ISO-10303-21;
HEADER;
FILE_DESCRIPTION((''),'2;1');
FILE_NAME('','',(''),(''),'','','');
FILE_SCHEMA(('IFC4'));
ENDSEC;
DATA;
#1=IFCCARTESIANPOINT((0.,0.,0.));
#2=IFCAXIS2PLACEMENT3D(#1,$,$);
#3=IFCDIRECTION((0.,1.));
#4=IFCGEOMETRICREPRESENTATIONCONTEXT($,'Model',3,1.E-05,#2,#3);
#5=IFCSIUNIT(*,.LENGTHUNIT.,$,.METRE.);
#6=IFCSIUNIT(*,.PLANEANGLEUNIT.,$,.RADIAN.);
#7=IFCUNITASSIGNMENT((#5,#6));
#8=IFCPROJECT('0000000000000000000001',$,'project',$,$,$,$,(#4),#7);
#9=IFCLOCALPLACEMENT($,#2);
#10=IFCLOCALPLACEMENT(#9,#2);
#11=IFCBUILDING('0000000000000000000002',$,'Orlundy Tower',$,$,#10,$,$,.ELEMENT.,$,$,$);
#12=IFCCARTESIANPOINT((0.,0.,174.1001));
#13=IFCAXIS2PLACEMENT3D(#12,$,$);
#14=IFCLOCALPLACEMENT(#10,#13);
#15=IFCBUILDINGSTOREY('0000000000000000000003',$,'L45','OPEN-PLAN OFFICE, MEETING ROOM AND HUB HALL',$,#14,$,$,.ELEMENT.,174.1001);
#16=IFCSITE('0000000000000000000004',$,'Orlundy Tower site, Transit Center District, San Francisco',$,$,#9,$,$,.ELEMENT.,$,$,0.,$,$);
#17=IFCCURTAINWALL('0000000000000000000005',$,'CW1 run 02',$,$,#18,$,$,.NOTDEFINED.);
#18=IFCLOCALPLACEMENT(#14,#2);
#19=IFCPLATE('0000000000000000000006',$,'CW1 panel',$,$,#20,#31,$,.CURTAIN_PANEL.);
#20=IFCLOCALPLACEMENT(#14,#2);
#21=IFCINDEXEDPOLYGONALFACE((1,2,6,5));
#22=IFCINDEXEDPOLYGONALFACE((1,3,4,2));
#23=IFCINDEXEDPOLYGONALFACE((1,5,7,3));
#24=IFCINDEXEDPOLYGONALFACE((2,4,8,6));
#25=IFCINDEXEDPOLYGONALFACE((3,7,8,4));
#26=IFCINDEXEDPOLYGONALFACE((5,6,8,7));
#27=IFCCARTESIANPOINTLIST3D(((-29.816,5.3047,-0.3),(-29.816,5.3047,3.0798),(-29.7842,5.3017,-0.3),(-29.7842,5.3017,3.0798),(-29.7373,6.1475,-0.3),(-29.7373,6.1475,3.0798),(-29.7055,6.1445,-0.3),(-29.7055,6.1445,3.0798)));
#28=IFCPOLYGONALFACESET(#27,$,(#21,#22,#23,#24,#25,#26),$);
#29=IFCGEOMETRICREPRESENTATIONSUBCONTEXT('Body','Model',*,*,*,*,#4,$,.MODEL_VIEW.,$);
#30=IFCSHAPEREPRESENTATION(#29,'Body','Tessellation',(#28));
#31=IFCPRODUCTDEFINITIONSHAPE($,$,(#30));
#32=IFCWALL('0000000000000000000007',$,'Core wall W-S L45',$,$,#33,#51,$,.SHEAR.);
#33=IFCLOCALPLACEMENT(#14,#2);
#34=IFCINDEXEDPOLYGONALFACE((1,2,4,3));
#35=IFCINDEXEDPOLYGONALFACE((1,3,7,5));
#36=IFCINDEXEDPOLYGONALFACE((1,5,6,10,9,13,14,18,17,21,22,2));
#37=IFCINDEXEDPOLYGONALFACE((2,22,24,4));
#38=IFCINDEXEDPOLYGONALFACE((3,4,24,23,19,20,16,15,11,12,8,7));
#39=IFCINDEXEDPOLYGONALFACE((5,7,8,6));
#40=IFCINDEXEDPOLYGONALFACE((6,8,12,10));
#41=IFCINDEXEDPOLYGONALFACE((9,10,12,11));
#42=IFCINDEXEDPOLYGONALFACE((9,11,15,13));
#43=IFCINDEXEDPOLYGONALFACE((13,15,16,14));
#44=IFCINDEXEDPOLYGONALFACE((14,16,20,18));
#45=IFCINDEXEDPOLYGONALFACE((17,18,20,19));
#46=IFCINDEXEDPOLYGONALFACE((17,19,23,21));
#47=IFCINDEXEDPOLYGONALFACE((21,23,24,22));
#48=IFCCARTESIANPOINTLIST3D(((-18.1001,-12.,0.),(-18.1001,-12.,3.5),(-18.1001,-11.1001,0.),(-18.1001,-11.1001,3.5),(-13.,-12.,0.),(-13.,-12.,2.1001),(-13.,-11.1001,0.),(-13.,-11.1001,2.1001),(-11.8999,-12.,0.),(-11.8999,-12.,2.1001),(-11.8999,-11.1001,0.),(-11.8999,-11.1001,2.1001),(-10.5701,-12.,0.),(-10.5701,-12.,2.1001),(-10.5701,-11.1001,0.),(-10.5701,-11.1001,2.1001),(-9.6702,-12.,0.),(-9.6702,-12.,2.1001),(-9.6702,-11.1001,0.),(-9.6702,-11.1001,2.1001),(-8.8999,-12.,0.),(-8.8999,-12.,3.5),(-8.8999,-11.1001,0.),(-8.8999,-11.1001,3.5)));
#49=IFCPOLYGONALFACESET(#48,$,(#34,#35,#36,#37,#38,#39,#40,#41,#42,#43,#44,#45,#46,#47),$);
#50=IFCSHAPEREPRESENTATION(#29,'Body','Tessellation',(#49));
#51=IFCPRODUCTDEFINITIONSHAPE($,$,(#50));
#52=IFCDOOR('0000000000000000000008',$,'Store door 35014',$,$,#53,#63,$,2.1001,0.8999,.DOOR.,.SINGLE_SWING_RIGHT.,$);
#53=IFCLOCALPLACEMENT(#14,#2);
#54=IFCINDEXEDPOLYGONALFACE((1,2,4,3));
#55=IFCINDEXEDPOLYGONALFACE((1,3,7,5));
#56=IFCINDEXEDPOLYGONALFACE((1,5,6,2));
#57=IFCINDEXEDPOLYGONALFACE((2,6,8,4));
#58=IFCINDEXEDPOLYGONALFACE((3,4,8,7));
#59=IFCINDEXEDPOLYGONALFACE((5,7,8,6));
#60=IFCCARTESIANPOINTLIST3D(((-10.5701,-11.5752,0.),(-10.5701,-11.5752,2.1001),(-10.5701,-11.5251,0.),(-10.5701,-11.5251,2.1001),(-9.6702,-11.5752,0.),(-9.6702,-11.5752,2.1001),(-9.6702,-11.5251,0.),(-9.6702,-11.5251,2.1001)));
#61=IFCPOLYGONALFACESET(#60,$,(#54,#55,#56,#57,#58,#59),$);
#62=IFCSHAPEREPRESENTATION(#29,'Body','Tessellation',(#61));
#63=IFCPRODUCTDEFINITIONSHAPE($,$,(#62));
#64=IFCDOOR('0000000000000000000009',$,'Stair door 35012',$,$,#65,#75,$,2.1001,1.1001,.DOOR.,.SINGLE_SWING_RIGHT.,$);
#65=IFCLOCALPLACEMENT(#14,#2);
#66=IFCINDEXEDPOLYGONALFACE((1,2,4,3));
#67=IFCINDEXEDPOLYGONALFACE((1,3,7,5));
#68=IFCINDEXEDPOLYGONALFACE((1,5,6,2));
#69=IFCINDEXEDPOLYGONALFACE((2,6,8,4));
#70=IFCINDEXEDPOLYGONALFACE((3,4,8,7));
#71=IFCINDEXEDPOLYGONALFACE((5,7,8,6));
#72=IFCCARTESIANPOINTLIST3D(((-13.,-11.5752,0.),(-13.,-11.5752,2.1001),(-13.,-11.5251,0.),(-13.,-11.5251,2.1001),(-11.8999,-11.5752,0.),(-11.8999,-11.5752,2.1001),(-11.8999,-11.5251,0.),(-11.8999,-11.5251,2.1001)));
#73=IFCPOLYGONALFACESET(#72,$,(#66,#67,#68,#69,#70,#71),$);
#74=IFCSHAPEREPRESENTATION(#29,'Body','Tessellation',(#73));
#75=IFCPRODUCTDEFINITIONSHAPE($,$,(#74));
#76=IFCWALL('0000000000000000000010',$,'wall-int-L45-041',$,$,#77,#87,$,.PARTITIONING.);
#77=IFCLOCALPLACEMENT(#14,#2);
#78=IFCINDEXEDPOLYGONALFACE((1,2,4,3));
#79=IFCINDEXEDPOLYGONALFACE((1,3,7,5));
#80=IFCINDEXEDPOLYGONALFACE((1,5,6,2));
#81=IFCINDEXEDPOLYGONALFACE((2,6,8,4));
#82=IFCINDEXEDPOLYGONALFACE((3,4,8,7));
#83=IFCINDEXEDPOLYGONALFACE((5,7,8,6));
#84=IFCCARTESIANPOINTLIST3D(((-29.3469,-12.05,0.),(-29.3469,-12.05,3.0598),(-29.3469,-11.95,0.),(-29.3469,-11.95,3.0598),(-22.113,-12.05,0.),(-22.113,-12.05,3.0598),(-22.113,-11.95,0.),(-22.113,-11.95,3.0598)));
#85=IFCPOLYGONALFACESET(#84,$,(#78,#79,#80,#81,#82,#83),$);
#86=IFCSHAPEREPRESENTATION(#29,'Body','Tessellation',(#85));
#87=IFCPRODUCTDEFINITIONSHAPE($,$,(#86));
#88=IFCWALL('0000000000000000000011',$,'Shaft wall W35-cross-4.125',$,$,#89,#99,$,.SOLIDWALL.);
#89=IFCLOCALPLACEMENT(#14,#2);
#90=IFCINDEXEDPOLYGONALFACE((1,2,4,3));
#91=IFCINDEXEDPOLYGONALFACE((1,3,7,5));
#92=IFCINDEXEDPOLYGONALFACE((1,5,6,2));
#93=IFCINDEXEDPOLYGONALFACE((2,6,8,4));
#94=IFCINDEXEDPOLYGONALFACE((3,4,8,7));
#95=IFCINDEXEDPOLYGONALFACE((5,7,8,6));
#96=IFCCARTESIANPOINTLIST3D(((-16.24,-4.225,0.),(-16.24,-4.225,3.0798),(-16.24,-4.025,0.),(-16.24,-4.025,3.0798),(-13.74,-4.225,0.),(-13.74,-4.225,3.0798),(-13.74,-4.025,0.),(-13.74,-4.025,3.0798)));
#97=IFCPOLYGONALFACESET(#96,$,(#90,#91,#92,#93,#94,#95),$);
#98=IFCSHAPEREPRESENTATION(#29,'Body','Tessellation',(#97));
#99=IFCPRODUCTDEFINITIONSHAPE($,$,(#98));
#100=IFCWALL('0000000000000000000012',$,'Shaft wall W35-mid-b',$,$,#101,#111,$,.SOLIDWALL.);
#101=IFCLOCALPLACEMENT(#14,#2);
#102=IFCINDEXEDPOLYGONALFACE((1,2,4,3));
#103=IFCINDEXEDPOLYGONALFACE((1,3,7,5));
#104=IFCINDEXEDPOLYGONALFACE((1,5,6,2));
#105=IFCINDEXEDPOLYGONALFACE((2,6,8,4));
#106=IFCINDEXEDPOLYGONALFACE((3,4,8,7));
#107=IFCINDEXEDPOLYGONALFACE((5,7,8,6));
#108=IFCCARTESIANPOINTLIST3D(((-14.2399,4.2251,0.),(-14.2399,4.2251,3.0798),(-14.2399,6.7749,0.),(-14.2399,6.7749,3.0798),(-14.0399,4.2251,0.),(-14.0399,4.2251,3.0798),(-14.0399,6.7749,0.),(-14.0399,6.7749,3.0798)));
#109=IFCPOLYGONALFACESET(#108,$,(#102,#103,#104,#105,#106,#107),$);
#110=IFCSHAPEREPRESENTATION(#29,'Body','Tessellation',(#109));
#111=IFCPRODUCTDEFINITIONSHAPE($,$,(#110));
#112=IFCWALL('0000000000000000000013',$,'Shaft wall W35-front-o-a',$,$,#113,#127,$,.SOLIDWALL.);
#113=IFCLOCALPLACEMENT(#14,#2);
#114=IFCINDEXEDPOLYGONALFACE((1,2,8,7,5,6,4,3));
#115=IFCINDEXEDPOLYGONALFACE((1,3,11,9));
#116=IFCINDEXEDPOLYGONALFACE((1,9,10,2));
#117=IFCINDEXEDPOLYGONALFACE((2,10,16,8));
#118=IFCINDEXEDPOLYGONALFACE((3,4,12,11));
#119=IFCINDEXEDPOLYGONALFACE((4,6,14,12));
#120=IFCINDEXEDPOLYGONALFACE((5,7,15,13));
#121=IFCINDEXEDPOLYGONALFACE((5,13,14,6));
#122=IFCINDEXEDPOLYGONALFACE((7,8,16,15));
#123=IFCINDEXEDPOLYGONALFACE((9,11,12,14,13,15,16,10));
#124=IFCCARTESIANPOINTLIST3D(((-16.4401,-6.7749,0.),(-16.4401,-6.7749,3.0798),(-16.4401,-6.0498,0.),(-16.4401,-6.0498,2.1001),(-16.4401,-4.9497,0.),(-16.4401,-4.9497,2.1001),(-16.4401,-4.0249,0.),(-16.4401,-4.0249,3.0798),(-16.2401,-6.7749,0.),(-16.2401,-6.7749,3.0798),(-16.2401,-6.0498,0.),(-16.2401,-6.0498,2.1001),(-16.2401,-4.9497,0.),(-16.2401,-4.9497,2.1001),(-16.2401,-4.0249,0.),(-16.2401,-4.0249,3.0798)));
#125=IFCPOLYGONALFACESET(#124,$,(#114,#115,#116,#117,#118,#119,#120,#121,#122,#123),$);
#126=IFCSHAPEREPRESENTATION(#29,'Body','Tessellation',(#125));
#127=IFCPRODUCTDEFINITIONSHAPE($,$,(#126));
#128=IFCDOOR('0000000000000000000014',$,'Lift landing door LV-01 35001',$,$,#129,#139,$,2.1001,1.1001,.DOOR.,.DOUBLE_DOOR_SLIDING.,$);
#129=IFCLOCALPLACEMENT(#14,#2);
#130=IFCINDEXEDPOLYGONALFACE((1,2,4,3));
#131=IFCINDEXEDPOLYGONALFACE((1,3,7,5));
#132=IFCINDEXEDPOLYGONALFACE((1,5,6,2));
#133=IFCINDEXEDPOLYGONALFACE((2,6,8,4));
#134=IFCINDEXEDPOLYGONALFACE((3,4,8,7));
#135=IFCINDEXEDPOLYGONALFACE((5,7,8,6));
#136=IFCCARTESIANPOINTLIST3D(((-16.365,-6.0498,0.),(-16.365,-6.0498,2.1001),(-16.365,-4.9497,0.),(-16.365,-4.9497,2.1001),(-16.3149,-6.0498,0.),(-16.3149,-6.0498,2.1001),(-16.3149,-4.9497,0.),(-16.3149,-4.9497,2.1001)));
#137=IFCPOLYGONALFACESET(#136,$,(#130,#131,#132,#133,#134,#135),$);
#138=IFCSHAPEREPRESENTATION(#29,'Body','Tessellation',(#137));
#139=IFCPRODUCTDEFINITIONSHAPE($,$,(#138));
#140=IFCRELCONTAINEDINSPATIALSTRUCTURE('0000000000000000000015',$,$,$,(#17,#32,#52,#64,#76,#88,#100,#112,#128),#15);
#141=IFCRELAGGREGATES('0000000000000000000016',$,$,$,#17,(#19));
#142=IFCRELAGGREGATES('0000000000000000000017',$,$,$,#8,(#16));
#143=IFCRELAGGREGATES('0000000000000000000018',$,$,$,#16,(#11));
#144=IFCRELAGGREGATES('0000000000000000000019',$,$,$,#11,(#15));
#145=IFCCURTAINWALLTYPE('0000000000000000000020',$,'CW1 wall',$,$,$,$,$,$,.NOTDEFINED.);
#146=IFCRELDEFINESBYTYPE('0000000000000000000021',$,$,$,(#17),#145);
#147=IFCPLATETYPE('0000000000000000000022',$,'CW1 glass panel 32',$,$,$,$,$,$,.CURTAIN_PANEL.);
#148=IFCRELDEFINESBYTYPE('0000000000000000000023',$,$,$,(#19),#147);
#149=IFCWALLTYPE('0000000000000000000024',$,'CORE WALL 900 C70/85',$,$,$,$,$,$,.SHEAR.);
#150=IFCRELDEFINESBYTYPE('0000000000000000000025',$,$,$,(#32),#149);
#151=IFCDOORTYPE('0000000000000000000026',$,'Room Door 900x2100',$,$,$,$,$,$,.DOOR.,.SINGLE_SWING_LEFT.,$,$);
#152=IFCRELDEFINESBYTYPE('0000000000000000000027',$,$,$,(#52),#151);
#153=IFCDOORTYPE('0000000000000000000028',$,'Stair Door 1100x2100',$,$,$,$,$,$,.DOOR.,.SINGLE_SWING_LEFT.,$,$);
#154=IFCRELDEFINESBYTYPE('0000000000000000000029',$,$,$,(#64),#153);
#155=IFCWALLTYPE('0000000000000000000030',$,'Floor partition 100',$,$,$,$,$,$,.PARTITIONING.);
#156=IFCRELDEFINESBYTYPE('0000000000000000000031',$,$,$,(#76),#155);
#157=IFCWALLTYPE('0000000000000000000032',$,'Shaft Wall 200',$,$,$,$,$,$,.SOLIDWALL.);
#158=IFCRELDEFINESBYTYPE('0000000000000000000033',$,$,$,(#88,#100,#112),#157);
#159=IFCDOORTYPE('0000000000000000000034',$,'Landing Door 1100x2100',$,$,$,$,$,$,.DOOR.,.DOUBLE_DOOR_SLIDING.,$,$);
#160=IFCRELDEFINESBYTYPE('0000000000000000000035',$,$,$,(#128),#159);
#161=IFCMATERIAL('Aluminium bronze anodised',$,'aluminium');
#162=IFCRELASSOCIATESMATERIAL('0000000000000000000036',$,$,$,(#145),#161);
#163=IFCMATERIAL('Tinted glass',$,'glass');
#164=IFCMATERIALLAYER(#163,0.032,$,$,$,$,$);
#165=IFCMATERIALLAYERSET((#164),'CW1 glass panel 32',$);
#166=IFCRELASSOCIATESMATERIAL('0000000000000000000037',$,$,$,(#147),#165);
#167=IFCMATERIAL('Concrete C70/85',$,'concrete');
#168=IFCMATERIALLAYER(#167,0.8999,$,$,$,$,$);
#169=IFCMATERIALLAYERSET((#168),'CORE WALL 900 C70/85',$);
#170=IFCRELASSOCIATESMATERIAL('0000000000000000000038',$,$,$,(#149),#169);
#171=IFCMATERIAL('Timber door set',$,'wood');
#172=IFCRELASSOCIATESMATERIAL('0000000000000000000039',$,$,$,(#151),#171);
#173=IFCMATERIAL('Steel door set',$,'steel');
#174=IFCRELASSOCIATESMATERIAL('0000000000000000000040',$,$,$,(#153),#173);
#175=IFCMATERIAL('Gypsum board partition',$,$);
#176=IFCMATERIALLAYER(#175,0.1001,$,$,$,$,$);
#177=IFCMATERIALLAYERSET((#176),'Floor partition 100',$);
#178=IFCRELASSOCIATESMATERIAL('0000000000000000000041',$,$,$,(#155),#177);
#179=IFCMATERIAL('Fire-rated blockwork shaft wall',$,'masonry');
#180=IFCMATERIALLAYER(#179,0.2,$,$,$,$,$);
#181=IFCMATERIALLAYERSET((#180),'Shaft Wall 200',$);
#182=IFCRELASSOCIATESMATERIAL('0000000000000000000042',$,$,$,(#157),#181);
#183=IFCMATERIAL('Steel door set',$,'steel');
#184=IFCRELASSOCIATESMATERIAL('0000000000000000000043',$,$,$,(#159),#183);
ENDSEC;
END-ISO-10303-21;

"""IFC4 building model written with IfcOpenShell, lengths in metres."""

from ifc_helpers import new_model, si_unit, direction, frame, frame_2d, origin, origin_2d, place, context, subcontext, project, spatial, rectangle, extrude, material, layer, layer_set, type_object, element, fill, aggregate, save


model = new_model("IFC4")

# Units and contexts
model_context = context("Model", 3, precision=1e-05, world=origin(), true_north=direction((0.0, 1.0)))
body_context = subcontext(model_context, "Body", "Model", "MODEL_VIEW")
ifc_project = project(units=[si_unit("LENGTHUNIT", "METRE"), si_unit("PLANEANGLEUNIT", "RADIAN")], contexts=[model_context])

# Site, building, storey
site_placement = place(None, origin())
site = spatial("IfcSite", under=ifc_project, at=site_placement, Name="Orlundy Tower site, Transit Center District, San Francisco", CompositionType="ELEMENT", RefElevation=0.0)
building_placement = place(site_placement, origin())
building = spatial("IfcBuilding", under=site, at=building_placement, Name="Orlundy Tower", CompositionType="ELEMENT")
storey_placement = place(building_placement, frame((0.0, 0.0, 174.1001)))
storey = spatial("IfcBuildingStorey", under=building, at=storey_placement, Name="L45", Description="OPEN-PLAN OFFICE, MEETING ROOM AND HUB HALL", CompositionType="ELEMENT", Elevation=174.1001)

# Curtain wall
ifc_material_1 = material(Name="Aluminium bronze anodised", Category="aluminium")
curtain_wall_type = type_object("IfcCurtainWallType", Name="CW1 wall", PredefinedType="NOTDEFINED", material=ifc_material_1)
curtain_wall_1_placement = place(storey_placement, origin())
curtain_wall_1 = element("IfcCurtainWall", 1, at=curtain_wall_1_placement, inside=storey, type_object=curtain_wall_type, Name="CW1 run 02", PredefinedType="NOTDEFINED")

# Shared definitions
ifc_material_2 = material(Name="Tinted glass", Category="glass")
ifc_layer_1 = layer(ifc_material_2, 0.032)
ifc_layer_set_1 = layer_set([ifc_layer_1], Name="CW1 glass panel 32")
plate_type = type_object("IfcPlateType", Name="CW1 glass panel 32", PredefinedType="CURTAIN_PANEL", material=ifc_layer_set_1)

# Plate
plate_1_placement = place(storey_placement, frame((-29.7607, 5.7246, -0.3), z_axis=(0.0, 0.0, 1.0), x_axis=(0.092948, 0.995671, 0.0)))
plate_1 = element("IfcPlate", 2, at=plate_1_placement, type_object=plate_type, Name="CW1 panel", PredefinedType="CURTAIN_PANEL", context=body_context, shape_type="SweptSolid", body=[
    extrude(rectangle(XDim=0.8464, YDim=0.032, at=origin_2d()), origin(), (0.0, 0.0, 1.0), 3.3799),
])
aggregate(curtain_wall_1, [plate_1])

# Wall, openings, doors
ifc_material_3 = material(Name="Concrete C70/85", Category="concrete")
ifc_layer_2 = layer(ifc_material_3, 0.8999)
ifc_layer_set_2 = layer_set([ifc_layer_2], Name="CORE WALL 900 C70/85")
wall_type_1 = type_object("IfcWallType", Name="CORE WALL 900 C70/85", PredefinedType="SHEAR", material=ifc_layer_set_2)
wall_1_placement = place(storey_placement, frame((-18.1001, -11.55, 0.0), z_axis=(0.0, 0.0, 1.0), x_axis=(1.0, 0.0, 0.0)))
wall_1 = element("IfcWall", 3, at=wall_1_placement, inside=storey, type_object=wall_type_1, Name="Core wall W-S L45", PredefinedType="SHEAR", context=body_context, shape_type="SweptSolid", body=[
    extrude(rectangle(XDim=9.2002, YDim=0.8999, at=frame_2d((4.6001, 0.0))), origin(), (0.0, 0.0, 1.0), 3.5),
])
opening_1_placement = place(wall_1_placement, frame((5.1001, 0.0, 0.0)))
opening_1 = element("IfcOpeningElement", 4, at=opening_1_placement, cuts=wall_1, PredefinedType="OPENING", context=body_context, shape_type="SweptSolid", body=[
    extrude(rectangle(XDim=1.1001, YDim=2.1001, at=frame_2d((0.55, 1.05))), frame((0.0, 0.46, 0.0), z_axis=(0.0, -1.0, 0.0), x_axis=(1.0, 0.0, 0.0)), (0.0, 0.0, 1.0), 0.9199),
])
opening_2_placement = place(wall_1_placement, frame((7.53, 0.0, 0.0)))
opening_2 = element("IfcOpeningElement", 5, at=opening_2_placement, cuts=wall_1, PredefinedType="OPENING", context=body_context, shape_type="SweptSolid", body=[
    extrude(rectangle(XDim=0.8999, YDim=2.1001, at=frame_2d((0.45, 1.05))), frame((0.0, 0.46, 0.0), z_axis=(0.0, -1.0, 0.0), x_axis=(1.0, 0.0, 0.0)), (0.0, 0.0, 1.0), 0.9199),
])
ifc_material_4 = material(Name="Timber door set", Category="wood")
door_type_1 = type_object("IfcDoorType", Name="Room Door 900x2100", OperationType="SINGLE_SWING_LEFT", PredefinedType="DOOR", material=ifc_material_4)
door_1_placement = place(opening_2_placement, origin())
door_1 = element("IfcDoor", 6, at=door_1_placement, inside=storey, type_object=door_type_1, Name="Store door 35014", OperationType="SINGLE_SWING_RIGHT", OverallHeight=2.1001, OverallWidth=0.8999, PredefinedType="DOOR", context=body_context, shape_type="SweptSolid", body=[
    extrude(rectangle(XDim=0.8999, YDim=2.1001, at=frame_2d((0.45, 1.05))), frame((0.0, 0.0249, 0.0), z_axis=(0.0, -1.0, 0.0), x_axis=(1.0, 0.0, 0.0)), (0.0, 0.0, 1.0), 0.05),
])
fill(opening_2, door_1)
ifc_material_5 = material(Name="Steel door set", Category="steel")
door_type_2 = type_object("IfcDoorType", Name="Stair Door 1100x2100", OperationType="SINGLE_SWING_LEFT", PredefinedType="DOOR", material=ifc_material_5)
door_2_placement = place(opening_1_placement, origin())
door_2 = element("IfcDoor", 7, at=door_2_placement, inside=storey, type_object=door_type_2, Name="Stair door 35012", OperationType="SINGLE_SWING_RIGHT", OverallHeight=2.1001, OverallWidth=1.1001, PredefinedType="DOOR", context=body_context, shape_type="SweptSolid", body=[
    extrude(rectangle(XDim=1.1001, YDim=2.1001, at=frame_2d((0.55, 1.05))), frame((0.0, 0.0249, 0.0), z_axis=(0.0, -1.0, 0.0), x_axis=(1.0, 0.0, 0.0)), (0.0, 0.0, 1.0), 0.05),
])
fill(opening_1, door_2)

# Walls
ifc_material_6 = material(Name="Gypsum board partition")
ifc_layer_3 = layer(ifc_material_6, 0.1001)
ifc_layer_set_3 = layer_set([ifc_layer_3], Name="Floor partition 100")
wall_type_2 = type_object("IfcWallType", Name="Floor partition 100", PredefinedType="PARTITIONING", material=ifc_layer_set_3)
wall_2_placement = place(storey_placement, frame((-29.3469, -12.0, 0.0), z_axis=(0.0, 0.0, 1.0), x_axis=(1.0, 0.0, 0.0)))
element("IfcWall", 8, at=wall_2_placement, inside=storey, type_object=wall_type_2, Name="wall-int-L45-041", PredefinedType="PARTITIONING", context=body_context, shape_type="SweptSolid", body=[
    extrude(rectangle(XDim=7.2339, YDim=0.1001, at=frame_2d((3.6169, 0.0))), origin(), (0.0, 0.0, 1.0), 3.0598),
])
ifc_material_7 = material(Name="Fire-rated blockwork shaft wall", Category="masonry")
ifc_layer_4 = layer(ifc_material_7, 0.2)
ifc_layer_set_4 = layer_set([ifc_layer_4], Name="Shaft Wall 200")
wall_type_3 = type_object("IfcWallType", Name="Shaft Wall 200", PredefinedType="SOLIDWALL", material=ifc_layer_set_4)
wall_3_placement = place(storey_placement, frame((-13.74, -4.125, 0.0), z_axis=(0.0, 0.0, 1.0), x_axis=(-1.0, 0.0, 0.0)))
element("IfcWall", 9, at=wall_3_placement, inside=storey, type_object=wall_type_3, Name="Shaft wall W35-cross-4.125", PredefinedType="SOLIDWALL", context=body_context, shape_type="SweptSolid", body=[
    extrude(rectangle(XDim=2.5, YDim=0.2, at=frame_2d((1.25, 0.0))), origin(), (0.0, 0.0, 1.0), 3.0798),
])
wall_4_placement = place(storey_placement, frame((-14.1399, 4.2251, 0.0), z_axis=(0.0, 0.0, 1.0), x_axis=(0.0, 1.0, 0.0)))
element("IfcWall", 10, at=wall_4_placement, inside=storey, type_object=wall_type_3, Name="Shaft wall W35-mid-b", PredefinedType="SOLIDWALL", context=body_context, shape_type="SweptSolid", body=[
    extrude(rectangle(XDim=2.5498, YDim=0.2, at=frame_2d((1.2749, 0.0))), origin(), (0.0, 0.0, 1.0), 3.0798),
])

# Wall, opening, door
wall_5_placement = place(storey_placement, frame((-16.3401, -6.7749, 0.0), z_axis=(0.0, 0.0, 1.0), x_axis=(0.0, 1.0, 0.0)))
wall_5 = element("IfcWall", 11, at=wall_5_placement, inside=storey, type_object=wall_type_3, Name="Shaft wall W35-front-o-a", PredefinedType="SOLIDWALL", context=body_context, shape_type="SweptSolid", body=[
    extrude(rectangle(XDim=2.75, YDim=0.2, at=frame_2d((1.375, 0.0))), origin(), (0.0, 0.0, 1.0), 3.0798),
])
opening_3_placement = place(wall_5_placement, frame((0.7251, 0.0, 0.0)))
opening_3 = element("IfcOpeningElement", 12, at=opening_3_placement, cuts=wall_5, PredefinedType="OPENING", context=body_context, shape_type="SweptSolid", body=[
    extrude(rectangle(XDim=1.1001, YDim=2.1001, at=frame_2d((0.55, 1.05))), frame((0.0, 0.1101, 0.0), z_axis=(0.0, -1.0, 0.0), x_axis=(1.0, 0.0, 0.0)), (0.0, 0.0, 1.0), 0.2202),
])
ifc_material_8 = material(Name="Steel door set", Category="steel")
door_type_3 = type_object("IfcDoorType", Name="Landing Door 1100x2100", OperationType="DOUBLE_DOOR_SLIDING", PredefinedType="DOOR", material=ifc_material_8)
door_3_placement = place(opening_3_placement, origin())
door_3 = element("IfcDoor", 13, at=door_3_placement, inside=storey, type_object=door_type_3, Name="Lift landing door LV-01 35001", OperationType="DOUBLE_DOOR_SLIDING", OverallHeight=2.1001, OverallWidth=1.1001, PredefinedType="DOOR", context=body_context, shape_type="SweptSolid", body=[
    extrude(rectangle(XDim=1.1001, YDim=2.1001, at=frame_2d((0.55, 1.05))), frame((0.0, 0.0249, 0.0), z_axis=(0.0, -1.0, 0.0), x_axis=(1.0, 0.0, 0.0)), (0.0, 0.0, 1.0), 0.05),
])
fill(opening_3, door_3)

save(model, "model.ifc")
